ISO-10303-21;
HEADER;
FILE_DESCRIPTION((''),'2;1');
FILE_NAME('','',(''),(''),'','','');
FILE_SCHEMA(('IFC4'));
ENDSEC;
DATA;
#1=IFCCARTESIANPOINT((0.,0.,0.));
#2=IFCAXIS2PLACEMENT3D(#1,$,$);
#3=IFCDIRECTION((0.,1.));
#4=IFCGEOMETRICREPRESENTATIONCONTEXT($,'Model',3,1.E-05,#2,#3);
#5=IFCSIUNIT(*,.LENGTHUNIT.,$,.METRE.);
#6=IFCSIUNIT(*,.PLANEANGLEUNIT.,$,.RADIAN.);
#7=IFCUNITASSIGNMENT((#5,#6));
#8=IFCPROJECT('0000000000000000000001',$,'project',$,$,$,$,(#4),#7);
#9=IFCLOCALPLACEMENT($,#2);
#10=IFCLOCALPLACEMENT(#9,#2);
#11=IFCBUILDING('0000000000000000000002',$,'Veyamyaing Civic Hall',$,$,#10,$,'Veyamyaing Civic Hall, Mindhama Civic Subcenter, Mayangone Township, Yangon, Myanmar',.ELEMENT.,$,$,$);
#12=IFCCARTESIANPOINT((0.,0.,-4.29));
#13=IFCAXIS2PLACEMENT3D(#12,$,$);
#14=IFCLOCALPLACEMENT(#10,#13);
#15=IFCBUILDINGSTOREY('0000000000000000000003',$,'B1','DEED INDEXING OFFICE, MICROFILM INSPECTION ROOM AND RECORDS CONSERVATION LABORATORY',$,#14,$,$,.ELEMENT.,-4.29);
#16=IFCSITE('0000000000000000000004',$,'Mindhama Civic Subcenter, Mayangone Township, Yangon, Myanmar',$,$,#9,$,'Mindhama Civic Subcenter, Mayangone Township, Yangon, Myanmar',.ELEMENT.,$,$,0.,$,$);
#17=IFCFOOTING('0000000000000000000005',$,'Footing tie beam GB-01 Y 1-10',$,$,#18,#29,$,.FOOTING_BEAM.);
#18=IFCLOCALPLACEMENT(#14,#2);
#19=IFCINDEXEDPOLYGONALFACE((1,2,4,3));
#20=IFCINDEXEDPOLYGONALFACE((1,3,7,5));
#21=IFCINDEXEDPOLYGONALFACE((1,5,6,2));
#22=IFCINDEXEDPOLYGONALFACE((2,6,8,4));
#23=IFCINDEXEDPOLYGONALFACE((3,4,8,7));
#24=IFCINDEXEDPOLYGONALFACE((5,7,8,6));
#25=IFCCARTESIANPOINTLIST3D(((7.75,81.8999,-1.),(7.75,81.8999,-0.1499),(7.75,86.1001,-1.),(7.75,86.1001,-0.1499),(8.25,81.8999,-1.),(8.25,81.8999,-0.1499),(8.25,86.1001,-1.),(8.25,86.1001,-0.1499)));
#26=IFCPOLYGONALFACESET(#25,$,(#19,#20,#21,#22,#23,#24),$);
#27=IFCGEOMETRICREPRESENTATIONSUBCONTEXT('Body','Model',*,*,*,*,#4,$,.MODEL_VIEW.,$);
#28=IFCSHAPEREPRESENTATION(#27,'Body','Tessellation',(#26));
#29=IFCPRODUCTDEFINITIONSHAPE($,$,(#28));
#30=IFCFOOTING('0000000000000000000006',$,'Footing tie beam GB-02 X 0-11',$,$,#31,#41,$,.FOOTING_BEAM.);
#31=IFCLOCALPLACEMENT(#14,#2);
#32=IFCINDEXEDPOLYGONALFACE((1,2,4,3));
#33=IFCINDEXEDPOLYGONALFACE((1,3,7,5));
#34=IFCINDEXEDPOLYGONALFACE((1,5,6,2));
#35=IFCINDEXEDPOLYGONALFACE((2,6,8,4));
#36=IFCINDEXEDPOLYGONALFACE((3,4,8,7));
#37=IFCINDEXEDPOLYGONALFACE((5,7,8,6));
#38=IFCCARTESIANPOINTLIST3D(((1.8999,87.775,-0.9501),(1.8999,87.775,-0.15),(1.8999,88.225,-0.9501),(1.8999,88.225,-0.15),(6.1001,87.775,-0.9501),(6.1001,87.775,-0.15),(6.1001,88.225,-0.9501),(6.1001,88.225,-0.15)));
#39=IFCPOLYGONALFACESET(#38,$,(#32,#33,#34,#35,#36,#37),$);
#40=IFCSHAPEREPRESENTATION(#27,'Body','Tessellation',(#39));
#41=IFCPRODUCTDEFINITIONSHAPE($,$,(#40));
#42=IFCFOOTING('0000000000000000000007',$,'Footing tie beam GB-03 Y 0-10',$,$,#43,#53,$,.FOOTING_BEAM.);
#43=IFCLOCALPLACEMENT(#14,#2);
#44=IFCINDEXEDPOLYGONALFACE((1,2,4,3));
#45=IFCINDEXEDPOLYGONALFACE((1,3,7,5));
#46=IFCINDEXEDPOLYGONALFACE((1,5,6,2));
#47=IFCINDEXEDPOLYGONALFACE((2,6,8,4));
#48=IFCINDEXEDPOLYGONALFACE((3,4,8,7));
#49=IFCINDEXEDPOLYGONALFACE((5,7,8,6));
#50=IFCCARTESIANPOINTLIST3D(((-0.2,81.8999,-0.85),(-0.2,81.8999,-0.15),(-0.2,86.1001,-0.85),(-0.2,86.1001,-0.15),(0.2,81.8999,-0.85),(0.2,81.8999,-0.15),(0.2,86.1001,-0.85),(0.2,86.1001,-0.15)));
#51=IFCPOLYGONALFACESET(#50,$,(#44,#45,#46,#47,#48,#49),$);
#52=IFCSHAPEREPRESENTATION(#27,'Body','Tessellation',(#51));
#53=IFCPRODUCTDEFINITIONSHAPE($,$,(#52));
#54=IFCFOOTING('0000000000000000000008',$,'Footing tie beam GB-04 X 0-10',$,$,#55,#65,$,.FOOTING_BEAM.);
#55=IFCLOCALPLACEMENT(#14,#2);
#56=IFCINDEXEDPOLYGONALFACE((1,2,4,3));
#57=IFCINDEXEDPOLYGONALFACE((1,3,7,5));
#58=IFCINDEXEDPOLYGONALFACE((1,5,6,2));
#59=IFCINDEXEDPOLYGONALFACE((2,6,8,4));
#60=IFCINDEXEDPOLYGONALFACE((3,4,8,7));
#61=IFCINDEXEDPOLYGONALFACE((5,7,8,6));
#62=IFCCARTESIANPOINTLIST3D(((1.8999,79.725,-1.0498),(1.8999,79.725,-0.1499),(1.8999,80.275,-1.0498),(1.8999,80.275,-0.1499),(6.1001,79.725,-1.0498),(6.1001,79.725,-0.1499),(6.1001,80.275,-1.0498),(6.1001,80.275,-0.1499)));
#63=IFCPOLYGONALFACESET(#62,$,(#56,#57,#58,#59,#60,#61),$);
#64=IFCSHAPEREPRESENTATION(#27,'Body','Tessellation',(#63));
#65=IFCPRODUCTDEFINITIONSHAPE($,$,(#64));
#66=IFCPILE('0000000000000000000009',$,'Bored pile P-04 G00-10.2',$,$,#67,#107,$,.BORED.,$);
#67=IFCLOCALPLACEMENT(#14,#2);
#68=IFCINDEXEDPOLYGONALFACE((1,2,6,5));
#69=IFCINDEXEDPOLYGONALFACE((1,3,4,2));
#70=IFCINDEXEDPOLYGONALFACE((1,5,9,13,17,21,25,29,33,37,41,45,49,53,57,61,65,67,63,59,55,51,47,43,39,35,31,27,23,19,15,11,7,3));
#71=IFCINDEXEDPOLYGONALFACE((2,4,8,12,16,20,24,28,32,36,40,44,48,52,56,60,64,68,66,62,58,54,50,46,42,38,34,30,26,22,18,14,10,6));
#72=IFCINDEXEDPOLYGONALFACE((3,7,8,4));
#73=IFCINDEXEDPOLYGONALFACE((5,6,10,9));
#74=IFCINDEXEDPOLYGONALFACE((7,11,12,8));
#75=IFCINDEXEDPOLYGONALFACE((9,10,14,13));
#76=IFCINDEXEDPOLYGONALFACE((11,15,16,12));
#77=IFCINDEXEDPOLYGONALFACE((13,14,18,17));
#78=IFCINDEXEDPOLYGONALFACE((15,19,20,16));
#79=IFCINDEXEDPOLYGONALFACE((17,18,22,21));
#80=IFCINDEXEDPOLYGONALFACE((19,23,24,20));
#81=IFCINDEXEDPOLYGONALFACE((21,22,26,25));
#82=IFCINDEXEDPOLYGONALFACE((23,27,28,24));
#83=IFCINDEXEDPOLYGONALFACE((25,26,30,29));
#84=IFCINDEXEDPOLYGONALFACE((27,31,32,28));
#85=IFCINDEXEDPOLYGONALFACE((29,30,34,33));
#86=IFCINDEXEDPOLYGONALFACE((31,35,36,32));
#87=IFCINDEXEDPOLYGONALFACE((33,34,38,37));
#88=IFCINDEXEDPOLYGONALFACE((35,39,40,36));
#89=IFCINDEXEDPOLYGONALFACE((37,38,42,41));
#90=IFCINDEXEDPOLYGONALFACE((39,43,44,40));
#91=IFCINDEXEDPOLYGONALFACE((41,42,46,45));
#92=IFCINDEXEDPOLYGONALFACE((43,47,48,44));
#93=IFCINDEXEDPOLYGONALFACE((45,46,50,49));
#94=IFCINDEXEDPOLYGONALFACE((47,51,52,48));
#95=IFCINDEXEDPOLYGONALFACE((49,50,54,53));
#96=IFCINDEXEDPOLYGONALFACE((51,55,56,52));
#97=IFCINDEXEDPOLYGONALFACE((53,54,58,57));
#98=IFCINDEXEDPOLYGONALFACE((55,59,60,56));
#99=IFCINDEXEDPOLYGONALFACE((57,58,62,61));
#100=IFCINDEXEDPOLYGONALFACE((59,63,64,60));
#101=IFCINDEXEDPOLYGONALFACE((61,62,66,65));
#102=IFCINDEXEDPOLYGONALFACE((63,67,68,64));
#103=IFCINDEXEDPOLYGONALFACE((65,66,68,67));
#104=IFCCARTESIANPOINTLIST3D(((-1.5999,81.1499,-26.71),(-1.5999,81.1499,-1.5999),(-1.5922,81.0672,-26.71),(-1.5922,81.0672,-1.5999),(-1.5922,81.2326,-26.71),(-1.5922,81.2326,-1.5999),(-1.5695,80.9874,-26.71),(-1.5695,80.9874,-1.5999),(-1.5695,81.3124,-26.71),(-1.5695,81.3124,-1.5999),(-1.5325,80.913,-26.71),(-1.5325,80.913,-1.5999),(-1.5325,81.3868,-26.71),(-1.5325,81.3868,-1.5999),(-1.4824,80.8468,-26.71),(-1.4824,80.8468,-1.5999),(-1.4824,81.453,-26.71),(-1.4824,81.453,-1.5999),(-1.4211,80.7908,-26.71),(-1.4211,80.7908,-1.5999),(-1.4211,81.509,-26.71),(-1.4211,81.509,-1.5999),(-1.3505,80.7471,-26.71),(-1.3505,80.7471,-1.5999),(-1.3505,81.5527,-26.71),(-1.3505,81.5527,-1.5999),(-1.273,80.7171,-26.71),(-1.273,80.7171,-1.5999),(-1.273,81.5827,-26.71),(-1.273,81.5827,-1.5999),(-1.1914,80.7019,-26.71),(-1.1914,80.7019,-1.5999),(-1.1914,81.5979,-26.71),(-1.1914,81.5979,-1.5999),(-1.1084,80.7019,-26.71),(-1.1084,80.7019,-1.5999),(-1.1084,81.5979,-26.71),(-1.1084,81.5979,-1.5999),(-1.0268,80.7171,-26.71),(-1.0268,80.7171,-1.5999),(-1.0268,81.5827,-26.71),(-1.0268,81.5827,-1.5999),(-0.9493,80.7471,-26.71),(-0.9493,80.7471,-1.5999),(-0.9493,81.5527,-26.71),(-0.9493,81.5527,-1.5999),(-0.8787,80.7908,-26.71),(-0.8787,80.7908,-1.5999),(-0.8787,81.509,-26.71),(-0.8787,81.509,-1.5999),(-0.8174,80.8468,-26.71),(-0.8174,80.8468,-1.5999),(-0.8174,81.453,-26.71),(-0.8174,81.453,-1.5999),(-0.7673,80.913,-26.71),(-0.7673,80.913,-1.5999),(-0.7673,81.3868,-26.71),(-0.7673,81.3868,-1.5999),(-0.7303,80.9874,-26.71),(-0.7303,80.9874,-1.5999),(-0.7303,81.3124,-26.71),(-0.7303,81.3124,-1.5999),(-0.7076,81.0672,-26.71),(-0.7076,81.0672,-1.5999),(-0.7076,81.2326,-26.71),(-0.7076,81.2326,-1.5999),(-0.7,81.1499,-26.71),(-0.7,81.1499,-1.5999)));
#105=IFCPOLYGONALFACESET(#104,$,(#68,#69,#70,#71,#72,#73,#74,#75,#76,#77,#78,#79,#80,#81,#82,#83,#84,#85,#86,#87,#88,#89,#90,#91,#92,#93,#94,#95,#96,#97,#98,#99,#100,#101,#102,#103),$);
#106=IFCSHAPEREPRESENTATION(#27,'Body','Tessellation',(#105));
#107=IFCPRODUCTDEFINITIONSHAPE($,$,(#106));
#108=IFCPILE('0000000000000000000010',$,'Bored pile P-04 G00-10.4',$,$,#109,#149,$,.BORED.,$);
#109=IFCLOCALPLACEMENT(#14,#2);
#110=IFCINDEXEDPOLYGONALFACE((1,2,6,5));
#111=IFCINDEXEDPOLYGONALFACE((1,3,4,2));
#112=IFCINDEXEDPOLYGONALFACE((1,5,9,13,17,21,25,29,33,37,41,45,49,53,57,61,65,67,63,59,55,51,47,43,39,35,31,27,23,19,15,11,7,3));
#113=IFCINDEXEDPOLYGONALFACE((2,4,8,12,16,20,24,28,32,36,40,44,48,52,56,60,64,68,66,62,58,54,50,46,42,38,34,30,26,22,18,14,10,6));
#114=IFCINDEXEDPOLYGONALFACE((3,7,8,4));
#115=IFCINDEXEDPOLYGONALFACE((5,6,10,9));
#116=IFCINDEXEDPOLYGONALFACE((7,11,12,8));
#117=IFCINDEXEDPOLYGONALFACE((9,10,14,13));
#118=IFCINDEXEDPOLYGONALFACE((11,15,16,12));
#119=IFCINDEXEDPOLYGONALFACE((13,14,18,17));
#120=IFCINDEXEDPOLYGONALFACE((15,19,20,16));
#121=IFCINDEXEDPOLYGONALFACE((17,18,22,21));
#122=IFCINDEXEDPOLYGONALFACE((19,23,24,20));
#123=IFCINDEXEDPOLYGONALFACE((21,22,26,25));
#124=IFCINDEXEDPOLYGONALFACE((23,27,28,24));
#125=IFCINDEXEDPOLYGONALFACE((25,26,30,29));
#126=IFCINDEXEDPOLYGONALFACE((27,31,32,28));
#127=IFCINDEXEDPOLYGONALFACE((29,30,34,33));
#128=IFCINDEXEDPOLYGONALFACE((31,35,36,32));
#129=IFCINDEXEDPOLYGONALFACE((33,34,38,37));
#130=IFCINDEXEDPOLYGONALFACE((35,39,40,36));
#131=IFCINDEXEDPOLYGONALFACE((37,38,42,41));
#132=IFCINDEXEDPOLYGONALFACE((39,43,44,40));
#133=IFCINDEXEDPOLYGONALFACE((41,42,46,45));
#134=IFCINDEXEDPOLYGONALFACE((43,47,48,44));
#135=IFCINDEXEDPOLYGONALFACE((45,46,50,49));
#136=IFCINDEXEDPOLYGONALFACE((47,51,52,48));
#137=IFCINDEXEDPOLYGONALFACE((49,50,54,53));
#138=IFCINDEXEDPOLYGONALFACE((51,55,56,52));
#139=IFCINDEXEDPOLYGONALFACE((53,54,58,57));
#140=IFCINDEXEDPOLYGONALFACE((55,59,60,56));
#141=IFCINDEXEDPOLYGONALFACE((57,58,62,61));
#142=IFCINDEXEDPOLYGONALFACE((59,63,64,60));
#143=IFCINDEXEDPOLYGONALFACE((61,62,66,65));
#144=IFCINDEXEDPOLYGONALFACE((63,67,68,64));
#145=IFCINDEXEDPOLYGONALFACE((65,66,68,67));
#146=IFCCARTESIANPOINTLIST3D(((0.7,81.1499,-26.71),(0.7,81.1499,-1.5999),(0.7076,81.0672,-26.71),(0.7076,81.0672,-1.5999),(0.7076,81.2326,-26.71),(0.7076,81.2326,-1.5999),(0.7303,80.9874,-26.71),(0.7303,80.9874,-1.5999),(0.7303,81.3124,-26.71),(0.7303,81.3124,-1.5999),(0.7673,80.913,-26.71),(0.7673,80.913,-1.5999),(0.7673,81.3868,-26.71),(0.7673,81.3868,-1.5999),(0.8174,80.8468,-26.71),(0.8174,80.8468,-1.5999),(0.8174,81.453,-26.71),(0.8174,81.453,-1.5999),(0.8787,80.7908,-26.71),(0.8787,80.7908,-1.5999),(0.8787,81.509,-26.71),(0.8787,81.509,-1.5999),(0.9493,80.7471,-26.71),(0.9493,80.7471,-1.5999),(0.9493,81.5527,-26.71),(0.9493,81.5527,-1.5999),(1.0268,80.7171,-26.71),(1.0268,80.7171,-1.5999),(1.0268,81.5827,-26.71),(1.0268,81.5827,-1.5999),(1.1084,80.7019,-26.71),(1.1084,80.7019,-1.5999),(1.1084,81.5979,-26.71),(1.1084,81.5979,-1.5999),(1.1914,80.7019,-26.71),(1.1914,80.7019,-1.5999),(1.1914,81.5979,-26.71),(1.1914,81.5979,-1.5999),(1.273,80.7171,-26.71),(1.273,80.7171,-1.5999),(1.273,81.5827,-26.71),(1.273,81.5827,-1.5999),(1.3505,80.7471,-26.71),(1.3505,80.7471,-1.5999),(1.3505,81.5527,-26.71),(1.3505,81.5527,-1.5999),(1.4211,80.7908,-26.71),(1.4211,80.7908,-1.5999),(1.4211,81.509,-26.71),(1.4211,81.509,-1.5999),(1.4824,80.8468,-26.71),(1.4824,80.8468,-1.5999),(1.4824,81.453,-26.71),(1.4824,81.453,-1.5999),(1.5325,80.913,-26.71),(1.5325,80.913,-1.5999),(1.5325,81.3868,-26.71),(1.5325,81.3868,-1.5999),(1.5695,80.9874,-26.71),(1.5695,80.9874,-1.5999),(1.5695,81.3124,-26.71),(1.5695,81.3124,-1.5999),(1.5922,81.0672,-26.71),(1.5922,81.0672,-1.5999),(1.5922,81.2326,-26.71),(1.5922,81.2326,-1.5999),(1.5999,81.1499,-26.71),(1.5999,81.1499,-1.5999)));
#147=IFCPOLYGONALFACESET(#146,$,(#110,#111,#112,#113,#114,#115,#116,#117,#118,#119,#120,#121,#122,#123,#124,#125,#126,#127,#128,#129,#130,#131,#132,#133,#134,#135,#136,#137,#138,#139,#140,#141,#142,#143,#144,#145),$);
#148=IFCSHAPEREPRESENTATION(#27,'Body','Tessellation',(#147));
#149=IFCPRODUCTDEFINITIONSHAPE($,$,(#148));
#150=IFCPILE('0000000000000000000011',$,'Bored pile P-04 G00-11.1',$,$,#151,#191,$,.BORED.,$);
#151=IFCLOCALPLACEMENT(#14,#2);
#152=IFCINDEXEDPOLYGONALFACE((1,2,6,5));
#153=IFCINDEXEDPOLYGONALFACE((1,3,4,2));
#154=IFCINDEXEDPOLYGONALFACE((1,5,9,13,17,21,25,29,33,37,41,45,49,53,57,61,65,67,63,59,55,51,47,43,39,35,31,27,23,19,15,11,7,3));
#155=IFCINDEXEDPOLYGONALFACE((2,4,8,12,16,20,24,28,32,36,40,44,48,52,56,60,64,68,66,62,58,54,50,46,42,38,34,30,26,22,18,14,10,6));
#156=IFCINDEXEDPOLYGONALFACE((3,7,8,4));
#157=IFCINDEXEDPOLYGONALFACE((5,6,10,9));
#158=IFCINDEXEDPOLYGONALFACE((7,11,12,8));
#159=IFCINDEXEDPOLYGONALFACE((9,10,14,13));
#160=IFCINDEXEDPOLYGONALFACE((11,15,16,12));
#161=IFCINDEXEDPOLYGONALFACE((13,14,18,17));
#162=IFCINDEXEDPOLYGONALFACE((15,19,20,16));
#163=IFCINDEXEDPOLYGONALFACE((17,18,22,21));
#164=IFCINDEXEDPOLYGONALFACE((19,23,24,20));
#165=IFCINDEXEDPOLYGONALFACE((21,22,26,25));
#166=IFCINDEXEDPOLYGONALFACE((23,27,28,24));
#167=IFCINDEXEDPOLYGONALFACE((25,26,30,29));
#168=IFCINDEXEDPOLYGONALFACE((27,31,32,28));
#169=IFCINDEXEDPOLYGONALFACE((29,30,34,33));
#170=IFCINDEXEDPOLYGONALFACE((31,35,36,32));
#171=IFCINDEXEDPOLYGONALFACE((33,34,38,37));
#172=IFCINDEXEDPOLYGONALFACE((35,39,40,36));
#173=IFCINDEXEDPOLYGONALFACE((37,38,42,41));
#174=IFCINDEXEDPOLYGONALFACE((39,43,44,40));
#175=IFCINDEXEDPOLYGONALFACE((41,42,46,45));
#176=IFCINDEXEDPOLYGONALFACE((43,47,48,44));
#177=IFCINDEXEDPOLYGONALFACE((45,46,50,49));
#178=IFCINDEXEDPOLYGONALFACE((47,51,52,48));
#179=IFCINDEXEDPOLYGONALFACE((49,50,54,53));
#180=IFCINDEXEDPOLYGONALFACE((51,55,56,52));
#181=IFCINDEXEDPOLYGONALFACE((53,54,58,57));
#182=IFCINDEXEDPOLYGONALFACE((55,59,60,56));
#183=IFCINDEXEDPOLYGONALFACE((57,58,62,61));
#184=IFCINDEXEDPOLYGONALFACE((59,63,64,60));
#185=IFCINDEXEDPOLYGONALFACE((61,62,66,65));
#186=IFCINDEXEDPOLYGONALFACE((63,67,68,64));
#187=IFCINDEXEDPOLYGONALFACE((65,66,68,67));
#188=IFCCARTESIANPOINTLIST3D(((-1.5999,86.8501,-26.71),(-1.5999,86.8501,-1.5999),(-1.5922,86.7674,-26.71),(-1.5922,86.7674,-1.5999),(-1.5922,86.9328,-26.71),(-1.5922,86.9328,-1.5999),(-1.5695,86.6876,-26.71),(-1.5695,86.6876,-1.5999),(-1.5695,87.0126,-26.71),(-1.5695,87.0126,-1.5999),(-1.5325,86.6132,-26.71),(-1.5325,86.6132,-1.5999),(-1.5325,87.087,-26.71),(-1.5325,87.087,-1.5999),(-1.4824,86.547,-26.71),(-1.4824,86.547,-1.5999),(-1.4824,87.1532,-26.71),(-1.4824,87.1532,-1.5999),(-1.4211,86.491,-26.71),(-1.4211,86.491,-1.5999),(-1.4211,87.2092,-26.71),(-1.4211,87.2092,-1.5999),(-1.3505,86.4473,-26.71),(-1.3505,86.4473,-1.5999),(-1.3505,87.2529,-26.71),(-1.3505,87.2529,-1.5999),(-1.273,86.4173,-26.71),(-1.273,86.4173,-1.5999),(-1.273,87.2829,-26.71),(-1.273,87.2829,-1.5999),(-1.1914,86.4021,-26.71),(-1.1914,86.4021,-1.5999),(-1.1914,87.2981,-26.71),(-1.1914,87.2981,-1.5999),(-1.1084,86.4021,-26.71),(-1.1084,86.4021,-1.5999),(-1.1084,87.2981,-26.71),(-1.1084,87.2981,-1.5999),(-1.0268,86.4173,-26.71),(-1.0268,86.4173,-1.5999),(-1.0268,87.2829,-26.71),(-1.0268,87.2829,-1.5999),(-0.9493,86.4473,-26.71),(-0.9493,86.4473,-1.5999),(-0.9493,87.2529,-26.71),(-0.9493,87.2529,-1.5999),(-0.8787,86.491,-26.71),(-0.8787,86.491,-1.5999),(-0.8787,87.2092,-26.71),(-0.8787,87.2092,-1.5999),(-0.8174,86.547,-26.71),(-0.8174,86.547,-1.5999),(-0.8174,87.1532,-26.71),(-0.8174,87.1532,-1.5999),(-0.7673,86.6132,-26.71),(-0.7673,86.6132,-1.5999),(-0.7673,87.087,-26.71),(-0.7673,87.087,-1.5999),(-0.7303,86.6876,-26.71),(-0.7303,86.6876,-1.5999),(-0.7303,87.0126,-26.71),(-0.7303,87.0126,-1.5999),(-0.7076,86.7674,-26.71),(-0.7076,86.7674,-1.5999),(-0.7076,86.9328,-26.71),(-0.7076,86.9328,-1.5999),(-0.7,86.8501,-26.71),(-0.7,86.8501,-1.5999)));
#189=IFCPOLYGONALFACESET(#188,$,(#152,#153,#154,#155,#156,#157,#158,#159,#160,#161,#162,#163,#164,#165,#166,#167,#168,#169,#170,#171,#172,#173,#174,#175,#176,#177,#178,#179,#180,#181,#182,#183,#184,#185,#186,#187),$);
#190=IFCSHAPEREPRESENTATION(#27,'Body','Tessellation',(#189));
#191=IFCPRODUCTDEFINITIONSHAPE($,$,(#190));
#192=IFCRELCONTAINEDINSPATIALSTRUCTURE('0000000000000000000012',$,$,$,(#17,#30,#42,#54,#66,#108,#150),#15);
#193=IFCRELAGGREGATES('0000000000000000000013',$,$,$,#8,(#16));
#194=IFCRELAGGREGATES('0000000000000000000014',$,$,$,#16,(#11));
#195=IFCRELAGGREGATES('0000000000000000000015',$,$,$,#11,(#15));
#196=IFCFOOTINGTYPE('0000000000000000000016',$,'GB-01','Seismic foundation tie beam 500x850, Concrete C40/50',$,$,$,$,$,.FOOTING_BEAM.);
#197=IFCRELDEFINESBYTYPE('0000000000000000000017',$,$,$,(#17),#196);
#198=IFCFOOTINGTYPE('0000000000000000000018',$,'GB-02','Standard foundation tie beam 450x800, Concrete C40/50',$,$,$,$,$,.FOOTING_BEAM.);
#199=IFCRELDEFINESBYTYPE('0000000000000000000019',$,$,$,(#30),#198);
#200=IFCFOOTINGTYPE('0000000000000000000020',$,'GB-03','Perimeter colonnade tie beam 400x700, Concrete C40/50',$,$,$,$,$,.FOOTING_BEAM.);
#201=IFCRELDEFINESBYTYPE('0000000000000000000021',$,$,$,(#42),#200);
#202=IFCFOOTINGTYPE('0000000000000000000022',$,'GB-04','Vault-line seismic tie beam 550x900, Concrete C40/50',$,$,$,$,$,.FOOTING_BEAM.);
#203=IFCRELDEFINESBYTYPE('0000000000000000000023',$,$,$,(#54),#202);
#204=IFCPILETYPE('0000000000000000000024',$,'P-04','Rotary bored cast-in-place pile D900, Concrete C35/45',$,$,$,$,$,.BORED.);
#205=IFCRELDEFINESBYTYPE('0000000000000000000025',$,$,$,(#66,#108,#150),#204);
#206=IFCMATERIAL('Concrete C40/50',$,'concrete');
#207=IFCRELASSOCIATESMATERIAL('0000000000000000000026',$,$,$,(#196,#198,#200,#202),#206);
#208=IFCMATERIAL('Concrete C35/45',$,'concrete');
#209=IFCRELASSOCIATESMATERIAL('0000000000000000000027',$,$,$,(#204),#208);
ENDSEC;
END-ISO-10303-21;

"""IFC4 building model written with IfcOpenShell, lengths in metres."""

from ifc_helpers import new_model, si_unit, direction, frame, origin, origin_2d, place, context, subcontext, project, spatial, rectangle, circle, extrude, material, material_profile, profile_set, type_object, element, save


model = new_model("IFC4")

# Units and contexts
model_context = context("Model", 3, precision=1e-05, world=origin(), true_north=direction((0.0, 1.0)))
body_context = subcontext(model_context, "Body", "Model", "MODEL_VIEW")
ifc_project = project(units=[si_unit("LENGTHUNIT", "METRE"), si_unit("PLANEANGLEUNIT", "RADIAN")], contexts=[model_context])

# Site, building, storey
site_placement = place(None, origin())
site = spatial("IfcSite", under=ifc_project, at=site_placement, Name="Mindhama Civic Subcenter, Mayangone Township, Yangon, Myanmar", LongName="Mindhama Civic Subcenter, Mayangone Township, Yangon, Myanmar", CompositionType="ELEMENT", RefElevation=0.0)
building_placement = place(site_placement, origin())
building = spatial("IfcBuilding", under=site, at=building_placement, Name="Veyamyaing Civic Hall", LongName="Veyamyaing Civic Hall, Mindhama Civic Subcenter, Mayangone Township, Yangon, Myanmar", CompositionType="ELEMENT")
storey_placement = place(building_placement, frame((0.0, 0.0, -4.29)))
storey = spatial("IfcBuildingStorey", under=building, at=storey_placement, Name="B1", Description="DEED INDEXING OFFICE, MICROFILM INSPECTION ROOM AND RECORDS CONSERVATION LABORATORY", CompositionType="ELEMENT", Elevation=-4.29)

# Footings
ifc_material_1 = material(Name="Concrete C40/50", Category="concrete")
ifc_material_profile_1 = material_profile(ifc_material_1, rectangle(XDim=0.5, YDim=0.8501, at=origin_2d()), Name="GB-500X850")
ifc_profile_set_1 = profile_set([ifc_material_profile_1], Name="Concrete C40/50")
footing_type_1 = type_object("IfcFootingType", Name="GB-01", Description="Seismic foundation tie beam 500x850, Concrete C40/50", PredefinedType="FOOTING_BEAM", material=ifc_profile_set_1)
footing_1_placement = place(storey_placement, frame((8.0, 81.8999, -0.575), z_axis=(0.0, 1.0, 0.0), x_axis=(-1.0, 0.0, 0.0)))
element("IfcFooting", 1, at=footing_1_placement, inside=storey, type_object=footing_type_1, Name="Footing tie beam GB-01 Y 1-10", PredefinedType="FOOTING_BEAM", context=body_context, shape_type="SweptSolid", body=[
    extrude(rectangle(XDim=0.5, YDim=0.8501, at=origin_2d()), origin(), (0.0, 0.0, 1.0), 4.2002),
])
ifc_material_profile_2 = material_profile(ifc_material_1, rectangle(XDim=0.45, YDim=0.8, at=origin_2d()), Name="GB-450X800")
ifc_profile_set_2 = profile_set([ifc_material_profile_2], Name="Concrete C40/50")
footing_type_2 = type_object("IfcFootingType", Name="GB-02", Description="Standard foundation tie beam 450x800, Concrete C40/50", PredefinedType="FOOTING_BEAM", material=ifc_profile_set_2)
footing_2_placement = place(storey_placement, frame((1.8999, 88.0, -0.55), z_axis=(1.0, 0.0, 0.0), x_axis=(0.0, 1.0, 0.0)))
element("IfcFooting", 2, at=footing_2_placement, inside=storey, type_object=footing_type_2, Name="Footing tie beam GB-02 X 0-11", PredefinedType="FOOTING_BEAM", context=body_context, shape_type="SweptSolid", body=[
    extrude(rectangle(XDim=0.45, YDim=0.8, at=origin_2d()), origin(), (0.0, 0.0, 1.0), 4.2002),
])
ifc_material_profile_3 = material_profile(ifc_material_1, rectangle(XDim=0.3999, YDim=0.7, at=origin_2d()), Name="GB-400X700")
ifc_profile_set_3 = profile_set([ifc_material_profile_3], Name="Concrete C40/50")
footing_type_3 = type_object("IfcFootingType", Name="GB-03", Description="Perimeter colonnade tie beam 400x700, Concrete C40/50", PredefinedType="FOOTING_BEAM", material=ifc_profile_set_3)
footing_3_placement = place(storey_placement, frame((0.0, 81.8999, -0.5), z_axis=(0.0, 1.0, 0.0), x_axis=(-1.0, 0.0, 0.0)))
element("IfcFooting", 3, at=footing_3_placement, inside=storey, type_object=footing_type_3, Name="Footing tie beam GB-03 Y 0-10", PredefinedType="FOOTING_BEAM", context=body_context, shape_type="SweptSolid", body=[
    extrude(rectangle(XDim=0.3999, YDim=0.7, at=origin_2d()), origin(), (0.0, 0.0, 1.0), 4.2002),
])
ifc_material_profile_4 = material_profile(ifc_material_1, rectangle(XDim=0.55, YDim=0.8999, at=origin_2d()), Name="GB-550X900")
ifc_profile_set_4 = profile_set([ifc_material_profile_4], Name="Concrete C40/50")
footing_type_4 = type_object("IfcFootingType", Name="GB-04", Description="Vault-line seismic tie beam 550x900, Concrete C40/50", PredefinedType="FOOTING_BEAM", material=ifc_profile_set_4)
footing_4_placement = place(storey_placement, frame((1.8999, 80.0, -0.5999), z_axis=(1.0, 0.0, 0.0), x_axis=(0.0, 1.0, 0.0)))
element("IfcFooting", 4, at=footing_4_placement, inside=storey, type_object=footing_type_4, Name="Footing tie beam GB-04 X 0-10", PredefinedType="FOOTING_BEAM", context=body_context, shape_type="SweptSolid", body=[
    extrude(rectangle(XDim=0.55, YDim=0.8999, at=origin_2d()), origin(), (0.0, 0.0, 1.0), 4.2002),
])

# Piles
ifc_material_2 = material(Name="Concrete C35/45", Category="concrete")
ifc_material_profile_5 = material_profile(ifc_material_2, circle(Radius=0.45, at=origin_2d()), Name="PILE-D900")
ifc_profile_set_5 = profile_set([ifc_material_profile_5], Name="Concrete C35/45")
pile_type = type_object("IfcPileType", Name="P-04", Description="Rotary bored cast-in-place pile D900, Concrete C35/45", PredefinedType="BORED", material=ifc_profile_set_5)
for number, where, z_axis, x_axis, name in (
    (5, (-1.1499, 81.1499, -1.5999), (0.0, 0.0, -1.0), (1.0, 0.0, 0.0), "Bored pile P-04 G00-10.2"),
    (6, (1.1499, 81.1499, -1.5999), (0.0, 0.0, -1.0), (1.0, 0.0, 0.0), "Bored pile P-04 G00-10.4"),
    (7, (-1.1499, 86.8501, -1.5999), (0.0, 0.0, -1.0), (1.0, 0.0, 0.0), "Bored pile P-04 G00-11.1"),
):
    element("IfcPile", number, at=place(storey_placement, frame(where, z_axis=z_axis, x_axis=x_axis)), inside=storey, type_object=pile_type, Name=name, PredefinedType="BORED", context=body_context, shape_type="SweptSolid", body=[
        extrude(circle(Radius=0.45, at=origin_2d()), origin(), (0.0, 0.0, 1.0), 25.1101),
    ])

save(model, "model.ifc")
